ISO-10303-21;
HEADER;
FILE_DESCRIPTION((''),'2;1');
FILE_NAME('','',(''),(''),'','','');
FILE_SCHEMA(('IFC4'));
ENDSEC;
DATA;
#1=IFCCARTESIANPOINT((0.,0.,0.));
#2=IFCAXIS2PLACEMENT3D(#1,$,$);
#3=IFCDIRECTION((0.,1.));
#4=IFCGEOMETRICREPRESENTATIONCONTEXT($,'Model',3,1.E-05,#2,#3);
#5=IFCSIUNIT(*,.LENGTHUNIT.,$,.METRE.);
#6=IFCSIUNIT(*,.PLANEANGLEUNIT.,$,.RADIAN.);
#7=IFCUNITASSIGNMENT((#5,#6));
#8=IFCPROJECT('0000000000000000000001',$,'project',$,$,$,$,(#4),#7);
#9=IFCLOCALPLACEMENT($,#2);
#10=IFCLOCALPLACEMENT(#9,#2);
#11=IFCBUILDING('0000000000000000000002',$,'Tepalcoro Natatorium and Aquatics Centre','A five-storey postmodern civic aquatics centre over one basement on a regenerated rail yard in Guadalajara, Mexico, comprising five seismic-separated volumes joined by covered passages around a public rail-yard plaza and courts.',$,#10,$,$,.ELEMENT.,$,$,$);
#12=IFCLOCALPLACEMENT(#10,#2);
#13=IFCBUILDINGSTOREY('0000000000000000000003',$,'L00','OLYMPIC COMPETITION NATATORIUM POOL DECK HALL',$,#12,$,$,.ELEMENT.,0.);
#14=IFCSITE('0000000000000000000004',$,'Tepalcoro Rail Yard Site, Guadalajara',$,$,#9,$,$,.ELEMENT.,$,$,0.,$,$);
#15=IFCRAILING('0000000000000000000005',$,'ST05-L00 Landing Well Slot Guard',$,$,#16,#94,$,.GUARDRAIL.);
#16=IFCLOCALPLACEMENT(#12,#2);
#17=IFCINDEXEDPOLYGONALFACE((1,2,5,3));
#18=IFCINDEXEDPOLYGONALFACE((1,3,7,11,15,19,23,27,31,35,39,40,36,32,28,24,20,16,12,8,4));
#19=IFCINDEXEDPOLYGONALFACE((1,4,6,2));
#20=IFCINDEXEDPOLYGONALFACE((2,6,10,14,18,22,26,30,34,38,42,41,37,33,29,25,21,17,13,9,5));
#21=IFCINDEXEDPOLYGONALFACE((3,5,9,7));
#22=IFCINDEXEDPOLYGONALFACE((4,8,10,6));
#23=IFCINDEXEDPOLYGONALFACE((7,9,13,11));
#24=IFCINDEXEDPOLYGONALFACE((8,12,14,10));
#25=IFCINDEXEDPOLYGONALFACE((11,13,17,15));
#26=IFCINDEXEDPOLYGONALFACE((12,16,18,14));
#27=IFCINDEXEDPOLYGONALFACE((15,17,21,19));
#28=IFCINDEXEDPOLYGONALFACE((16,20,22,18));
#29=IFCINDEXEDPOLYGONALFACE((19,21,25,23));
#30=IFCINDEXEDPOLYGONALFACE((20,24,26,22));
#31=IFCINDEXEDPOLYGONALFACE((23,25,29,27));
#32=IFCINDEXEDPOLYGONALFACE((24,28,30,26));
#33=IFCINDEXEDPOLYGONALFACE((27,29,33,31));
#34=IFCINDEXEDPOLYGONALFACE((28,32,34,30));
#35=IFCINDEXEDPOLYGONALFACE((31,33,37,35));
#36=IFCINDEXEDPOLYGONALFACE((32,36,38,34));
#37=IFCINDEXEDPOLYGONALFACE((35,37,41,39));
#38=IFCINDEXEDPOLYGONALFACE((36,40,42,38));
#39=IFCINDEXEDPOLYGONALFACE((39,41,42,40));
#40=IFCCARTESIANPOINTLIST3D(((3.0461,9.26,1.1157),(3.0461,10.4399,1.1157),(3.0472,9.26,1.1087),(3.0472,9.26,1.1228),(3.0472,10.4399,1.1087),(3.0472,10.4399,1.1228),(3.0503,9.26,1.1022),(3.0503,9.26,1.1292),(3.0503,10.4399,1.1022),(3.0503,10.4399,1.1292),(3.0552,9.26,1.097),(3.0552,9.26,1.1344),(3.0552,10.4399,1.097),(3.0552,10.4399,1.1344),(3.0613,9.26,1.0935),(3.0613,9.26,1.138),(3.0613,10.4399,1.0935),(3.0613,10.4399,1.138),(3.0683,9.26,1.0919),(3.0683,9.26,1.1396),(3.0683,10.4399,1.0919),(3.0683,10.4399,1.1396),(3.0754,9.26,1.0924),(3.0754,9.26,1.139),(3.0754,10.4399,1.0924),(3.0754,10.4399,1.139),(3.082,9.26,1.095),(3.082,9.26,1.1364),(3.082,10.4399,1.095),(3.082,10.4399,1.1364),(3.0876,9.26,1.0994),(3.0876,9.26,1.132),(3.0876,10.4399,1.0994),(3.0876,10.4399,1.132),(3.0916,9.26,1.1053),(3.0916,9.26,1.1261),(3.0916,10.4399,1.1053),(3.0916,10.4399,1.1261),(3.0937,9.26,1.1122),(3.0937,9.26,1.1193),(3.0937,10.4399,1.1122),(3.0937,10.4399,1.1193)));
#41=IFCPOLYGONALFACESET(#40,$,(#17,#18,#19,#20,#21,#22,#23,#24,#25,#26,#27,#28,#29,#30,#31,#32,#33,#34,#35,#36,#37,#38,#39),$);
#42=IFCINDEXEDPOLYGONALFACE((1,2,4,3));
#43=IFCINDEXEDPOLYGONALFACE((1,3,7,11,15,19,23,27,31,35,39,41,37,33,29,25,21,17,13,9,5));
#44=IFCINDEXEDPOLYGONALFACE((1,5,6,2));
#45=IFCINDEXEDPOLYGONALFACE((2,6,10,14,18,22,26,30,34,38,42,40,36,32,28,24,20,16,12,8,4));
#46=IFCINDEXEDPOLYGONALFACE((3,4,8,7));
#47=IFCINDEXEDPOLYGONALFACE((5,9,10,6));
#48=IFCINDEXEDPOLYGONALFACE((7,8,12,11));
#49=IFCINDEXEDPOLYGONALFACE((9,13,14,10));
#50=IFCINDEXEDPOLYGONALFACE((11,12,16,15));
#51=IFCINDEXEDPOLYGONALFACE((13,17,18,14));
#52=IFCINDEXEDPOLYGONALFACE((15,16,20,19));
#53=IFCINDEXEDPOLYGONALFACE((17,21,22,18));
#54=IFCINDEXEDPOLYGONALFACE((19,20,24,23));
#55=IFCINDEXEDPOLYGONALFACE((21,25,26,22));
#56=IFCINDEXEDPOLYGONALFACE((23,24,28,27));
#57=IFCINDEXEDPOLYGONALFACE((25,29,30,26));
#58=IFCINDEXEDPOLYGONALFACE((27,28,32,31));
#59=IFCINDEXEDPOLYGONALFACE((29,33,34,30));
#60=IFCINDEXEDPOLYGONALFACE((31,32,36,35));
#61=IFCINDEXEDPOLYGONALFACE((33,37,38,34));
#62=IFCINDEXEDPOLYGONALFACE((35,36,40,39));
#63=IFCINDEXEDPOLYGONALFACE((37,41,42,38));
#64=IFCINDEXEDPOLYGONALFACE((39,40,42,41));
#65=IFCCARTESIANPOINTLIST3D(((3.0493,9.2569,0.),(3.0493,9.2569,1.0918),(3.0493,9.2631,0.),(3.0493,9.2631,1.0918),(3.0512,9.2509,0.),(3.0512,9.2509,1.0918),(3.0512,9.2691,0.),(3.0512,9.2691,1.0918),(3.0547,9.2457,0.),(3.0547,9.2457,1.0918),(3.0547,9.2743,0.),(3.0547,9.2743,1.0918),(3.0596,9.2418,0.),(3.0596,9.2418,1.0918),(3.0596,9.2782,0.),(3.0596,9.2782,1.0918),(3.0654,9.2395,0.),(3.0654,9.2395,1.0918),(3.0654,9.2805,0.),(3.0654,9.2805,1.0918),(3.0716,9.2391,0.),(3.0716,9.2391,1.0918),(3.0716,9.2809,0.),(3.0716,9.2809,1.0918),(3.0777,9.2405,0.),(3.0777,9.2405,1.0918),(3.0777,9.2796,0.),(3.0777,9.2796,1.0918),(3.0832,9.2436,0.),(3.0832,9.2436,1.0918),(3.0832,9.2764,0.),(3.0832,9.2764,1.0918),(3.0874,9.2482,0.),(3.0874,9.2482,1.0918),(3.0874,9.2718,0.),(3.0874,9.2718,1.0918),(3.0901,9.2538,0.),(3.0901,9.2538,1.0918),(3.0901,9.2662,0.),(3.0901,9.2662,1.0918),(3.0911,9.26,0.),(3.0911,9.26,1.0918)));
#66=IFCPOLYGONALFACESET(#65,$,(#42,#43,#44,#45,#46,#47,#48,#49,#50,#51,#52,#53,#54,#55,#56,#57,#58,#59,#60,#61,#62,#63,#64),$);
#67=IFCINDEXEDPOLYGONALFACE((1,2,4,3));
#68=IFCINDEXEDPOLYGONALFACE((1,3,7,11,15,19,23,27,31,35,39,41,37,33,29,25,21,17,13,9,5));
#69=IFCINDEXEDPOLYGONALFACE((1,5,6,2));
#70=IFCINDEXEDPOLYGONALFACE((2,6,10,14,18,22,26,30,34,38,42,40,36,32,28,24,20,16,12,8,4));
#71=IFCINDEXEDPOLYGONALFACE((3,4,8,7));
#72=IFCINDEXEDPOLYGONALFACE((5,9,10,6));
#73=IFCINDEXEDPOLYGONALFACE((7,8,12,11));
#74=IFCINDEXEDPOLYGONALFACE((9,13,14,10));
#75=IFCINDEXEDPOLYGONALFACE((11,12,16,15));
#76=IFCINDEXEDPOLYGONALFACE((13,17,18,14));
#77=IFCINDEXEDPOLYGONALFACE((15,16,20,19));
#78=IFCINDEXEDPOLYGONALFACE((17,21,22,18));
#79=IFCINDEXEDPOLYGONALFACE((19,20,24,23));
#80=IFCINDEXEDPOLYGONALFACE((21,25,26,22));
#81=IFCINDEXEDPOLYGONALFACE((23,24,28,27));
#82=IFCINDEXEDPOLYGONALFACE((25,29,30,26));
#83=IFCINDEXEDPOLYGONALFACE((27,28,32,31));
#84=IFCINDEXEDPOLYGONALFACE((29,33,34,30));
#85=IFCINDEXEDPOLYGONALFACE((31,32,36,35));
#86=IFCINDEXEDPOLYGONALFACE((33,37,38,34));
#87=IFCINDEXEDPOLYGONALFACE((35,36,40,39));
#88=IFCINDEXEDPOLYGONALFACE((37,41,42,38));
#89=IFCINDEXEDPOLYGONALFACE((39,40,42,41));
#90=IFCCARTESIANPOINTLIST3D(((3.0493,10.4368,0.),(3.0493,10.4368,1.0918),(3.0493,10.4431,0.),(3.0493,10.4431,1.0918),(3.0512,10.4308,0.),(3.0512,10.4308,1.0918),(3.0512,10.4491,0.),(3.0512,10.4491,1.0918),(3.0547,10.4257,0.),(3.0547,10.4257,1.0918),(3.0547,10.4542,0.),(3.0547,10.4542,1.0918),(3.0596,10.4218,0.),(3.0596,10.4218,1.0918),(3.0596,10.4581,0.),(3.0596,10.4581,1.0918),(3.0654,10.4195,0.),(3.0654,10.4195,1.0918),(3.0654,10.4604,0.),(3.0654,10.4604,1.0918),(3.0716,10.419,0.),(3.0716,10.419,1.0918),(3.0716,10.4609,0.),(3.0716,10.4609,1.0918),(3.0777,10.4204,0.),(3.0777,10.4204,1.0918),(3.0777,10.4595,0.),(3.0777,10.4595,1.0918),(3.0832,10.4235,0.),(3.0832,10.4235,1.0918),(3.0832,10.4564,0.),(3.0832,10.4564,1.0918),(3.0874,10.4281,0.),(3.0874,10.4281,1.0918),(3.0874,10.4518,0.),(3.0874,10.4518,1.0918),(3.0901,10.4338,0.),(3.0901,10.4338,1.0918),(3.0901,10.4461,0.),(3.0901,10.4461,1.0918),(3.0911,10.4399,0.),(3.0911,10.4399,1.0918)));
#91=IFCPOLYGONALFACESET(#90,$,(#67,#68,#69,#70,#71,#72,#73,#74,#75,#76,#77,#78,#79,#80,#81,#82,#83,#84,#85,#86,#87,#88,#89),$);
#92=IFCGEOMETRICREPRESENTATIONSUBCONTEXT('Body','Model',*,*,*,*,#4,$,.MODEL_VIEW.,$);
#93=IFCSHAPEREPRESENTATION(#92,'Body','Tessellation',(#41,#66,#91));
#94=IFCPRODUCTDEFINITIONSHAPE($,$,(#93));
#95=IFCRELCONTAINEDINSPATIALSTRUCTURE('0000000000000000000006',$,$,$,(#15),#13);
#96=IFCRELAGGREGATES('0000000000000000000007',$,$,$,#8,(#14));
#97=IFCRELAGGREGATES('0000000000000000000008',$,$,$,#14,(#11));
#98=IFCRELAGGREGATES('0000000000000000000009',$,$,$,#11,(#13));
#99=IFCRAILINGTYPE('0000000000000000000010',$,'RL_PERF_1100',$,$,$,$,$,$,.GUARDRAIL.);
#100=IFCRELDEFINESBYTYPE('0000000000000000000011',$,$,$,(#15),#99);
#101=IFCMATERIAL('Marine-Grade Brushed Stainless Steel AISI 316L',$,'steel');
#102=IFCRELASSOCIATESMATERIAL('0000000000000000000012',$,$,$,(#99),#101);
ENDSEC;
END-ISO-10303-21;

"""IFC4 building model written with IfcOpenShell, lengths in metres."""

from ifc_helpers import new_model, si_unit, direction, frame, origin, origin_2d, place, context, subcontext, project, spatial, circle, extrude, material, type_object, element, save


model = new_model("IFC4")

# Units and contexts
model_context = context("Model", 3, precision=1e-05, world=origin(), true_north=direction((0.0, 1.0)))
body_context = subcontext(model_context, "Body", "Model", "MODEL_VIEW")
ifc_project = project(units=[si_unit("LENGTHUNIT", "METRE"), si_unit("PLANEANGLEUNIT", "RADIAN")], contexts=[model_context])

# Site, building, storey
site_placement = place(None, origin())
site = spatial("IfcSite", under=ifc_project, at=site_placement, Name="Tepalcoro Rail Yard Site, Guadalajara", CompositionType="ELEMENT", RefElevation=0.0)
building_placement = place(site_placement, origin())
building = spatial("IfcBuilding", under=site, at=building_placement, Name="Tepalcoro Natatorium and Aquatics Centre", Description="A five-storey postmodern civic aquatics centre over one basement on a regenerated rail yard in Guadalajara, Mexico, comprising five seismic-separated volumes joined by covered passages around a public rail-yard plaza and courts.", CompositionType="ELEMENT")
storey_placement = place(building_placement, origin())
storey = spatial("IfcBuildingStorey", under=building, at=storey_placement, Name="L00", Description="OLYMPIC COMPETITION NATATORIUM POOL DECK HALL", CompositionType="ELEMENT", Elevation=0.0)

# Railing
ifc_material_1 = material(Name="Marine-Grade Brushed Stainless Steel AISI 316L", Category="steel")
railing_type_1 = type_object("IfcRailingType", Name="RL_PERF_1100", PredefinedType="GUARDRAIL", material=ifc_material_1)
railing_1_placement = place(storey_placement, frame((3.0701, 9.26, 0.0)))
element("IfcRailing", 1, at=railing_1_placement, inside=storey, type_object=railing_type_1, Name="ST05-L00 Landing Well Slot Guard", PredefinedType="GUARDRAIL", context=body_context, shape_type="SweptSolid", body=[
    extrude(circle(Radius=0.0239, at=origin_2d()), frame((0.0, 0.0, 1.1157), z_axis=(0.0, 1.0, 0.0), x_axis=(-1.0, 0.0, 0.0)), (0.0, 0.0, 1.0), 1.1799),
    extrude(circle(Radius=0.021, at=origin_2d()), origin(), (0.0, 0.0, 1.0), 1.0918),
    extrude(circle(Radius=0.021, at=origin_2d()), frame((0.0, 1.1799, 0.0)), (0.0, 0.0, 1.0), 1.0918),
])

save(model, "model.ifc")
